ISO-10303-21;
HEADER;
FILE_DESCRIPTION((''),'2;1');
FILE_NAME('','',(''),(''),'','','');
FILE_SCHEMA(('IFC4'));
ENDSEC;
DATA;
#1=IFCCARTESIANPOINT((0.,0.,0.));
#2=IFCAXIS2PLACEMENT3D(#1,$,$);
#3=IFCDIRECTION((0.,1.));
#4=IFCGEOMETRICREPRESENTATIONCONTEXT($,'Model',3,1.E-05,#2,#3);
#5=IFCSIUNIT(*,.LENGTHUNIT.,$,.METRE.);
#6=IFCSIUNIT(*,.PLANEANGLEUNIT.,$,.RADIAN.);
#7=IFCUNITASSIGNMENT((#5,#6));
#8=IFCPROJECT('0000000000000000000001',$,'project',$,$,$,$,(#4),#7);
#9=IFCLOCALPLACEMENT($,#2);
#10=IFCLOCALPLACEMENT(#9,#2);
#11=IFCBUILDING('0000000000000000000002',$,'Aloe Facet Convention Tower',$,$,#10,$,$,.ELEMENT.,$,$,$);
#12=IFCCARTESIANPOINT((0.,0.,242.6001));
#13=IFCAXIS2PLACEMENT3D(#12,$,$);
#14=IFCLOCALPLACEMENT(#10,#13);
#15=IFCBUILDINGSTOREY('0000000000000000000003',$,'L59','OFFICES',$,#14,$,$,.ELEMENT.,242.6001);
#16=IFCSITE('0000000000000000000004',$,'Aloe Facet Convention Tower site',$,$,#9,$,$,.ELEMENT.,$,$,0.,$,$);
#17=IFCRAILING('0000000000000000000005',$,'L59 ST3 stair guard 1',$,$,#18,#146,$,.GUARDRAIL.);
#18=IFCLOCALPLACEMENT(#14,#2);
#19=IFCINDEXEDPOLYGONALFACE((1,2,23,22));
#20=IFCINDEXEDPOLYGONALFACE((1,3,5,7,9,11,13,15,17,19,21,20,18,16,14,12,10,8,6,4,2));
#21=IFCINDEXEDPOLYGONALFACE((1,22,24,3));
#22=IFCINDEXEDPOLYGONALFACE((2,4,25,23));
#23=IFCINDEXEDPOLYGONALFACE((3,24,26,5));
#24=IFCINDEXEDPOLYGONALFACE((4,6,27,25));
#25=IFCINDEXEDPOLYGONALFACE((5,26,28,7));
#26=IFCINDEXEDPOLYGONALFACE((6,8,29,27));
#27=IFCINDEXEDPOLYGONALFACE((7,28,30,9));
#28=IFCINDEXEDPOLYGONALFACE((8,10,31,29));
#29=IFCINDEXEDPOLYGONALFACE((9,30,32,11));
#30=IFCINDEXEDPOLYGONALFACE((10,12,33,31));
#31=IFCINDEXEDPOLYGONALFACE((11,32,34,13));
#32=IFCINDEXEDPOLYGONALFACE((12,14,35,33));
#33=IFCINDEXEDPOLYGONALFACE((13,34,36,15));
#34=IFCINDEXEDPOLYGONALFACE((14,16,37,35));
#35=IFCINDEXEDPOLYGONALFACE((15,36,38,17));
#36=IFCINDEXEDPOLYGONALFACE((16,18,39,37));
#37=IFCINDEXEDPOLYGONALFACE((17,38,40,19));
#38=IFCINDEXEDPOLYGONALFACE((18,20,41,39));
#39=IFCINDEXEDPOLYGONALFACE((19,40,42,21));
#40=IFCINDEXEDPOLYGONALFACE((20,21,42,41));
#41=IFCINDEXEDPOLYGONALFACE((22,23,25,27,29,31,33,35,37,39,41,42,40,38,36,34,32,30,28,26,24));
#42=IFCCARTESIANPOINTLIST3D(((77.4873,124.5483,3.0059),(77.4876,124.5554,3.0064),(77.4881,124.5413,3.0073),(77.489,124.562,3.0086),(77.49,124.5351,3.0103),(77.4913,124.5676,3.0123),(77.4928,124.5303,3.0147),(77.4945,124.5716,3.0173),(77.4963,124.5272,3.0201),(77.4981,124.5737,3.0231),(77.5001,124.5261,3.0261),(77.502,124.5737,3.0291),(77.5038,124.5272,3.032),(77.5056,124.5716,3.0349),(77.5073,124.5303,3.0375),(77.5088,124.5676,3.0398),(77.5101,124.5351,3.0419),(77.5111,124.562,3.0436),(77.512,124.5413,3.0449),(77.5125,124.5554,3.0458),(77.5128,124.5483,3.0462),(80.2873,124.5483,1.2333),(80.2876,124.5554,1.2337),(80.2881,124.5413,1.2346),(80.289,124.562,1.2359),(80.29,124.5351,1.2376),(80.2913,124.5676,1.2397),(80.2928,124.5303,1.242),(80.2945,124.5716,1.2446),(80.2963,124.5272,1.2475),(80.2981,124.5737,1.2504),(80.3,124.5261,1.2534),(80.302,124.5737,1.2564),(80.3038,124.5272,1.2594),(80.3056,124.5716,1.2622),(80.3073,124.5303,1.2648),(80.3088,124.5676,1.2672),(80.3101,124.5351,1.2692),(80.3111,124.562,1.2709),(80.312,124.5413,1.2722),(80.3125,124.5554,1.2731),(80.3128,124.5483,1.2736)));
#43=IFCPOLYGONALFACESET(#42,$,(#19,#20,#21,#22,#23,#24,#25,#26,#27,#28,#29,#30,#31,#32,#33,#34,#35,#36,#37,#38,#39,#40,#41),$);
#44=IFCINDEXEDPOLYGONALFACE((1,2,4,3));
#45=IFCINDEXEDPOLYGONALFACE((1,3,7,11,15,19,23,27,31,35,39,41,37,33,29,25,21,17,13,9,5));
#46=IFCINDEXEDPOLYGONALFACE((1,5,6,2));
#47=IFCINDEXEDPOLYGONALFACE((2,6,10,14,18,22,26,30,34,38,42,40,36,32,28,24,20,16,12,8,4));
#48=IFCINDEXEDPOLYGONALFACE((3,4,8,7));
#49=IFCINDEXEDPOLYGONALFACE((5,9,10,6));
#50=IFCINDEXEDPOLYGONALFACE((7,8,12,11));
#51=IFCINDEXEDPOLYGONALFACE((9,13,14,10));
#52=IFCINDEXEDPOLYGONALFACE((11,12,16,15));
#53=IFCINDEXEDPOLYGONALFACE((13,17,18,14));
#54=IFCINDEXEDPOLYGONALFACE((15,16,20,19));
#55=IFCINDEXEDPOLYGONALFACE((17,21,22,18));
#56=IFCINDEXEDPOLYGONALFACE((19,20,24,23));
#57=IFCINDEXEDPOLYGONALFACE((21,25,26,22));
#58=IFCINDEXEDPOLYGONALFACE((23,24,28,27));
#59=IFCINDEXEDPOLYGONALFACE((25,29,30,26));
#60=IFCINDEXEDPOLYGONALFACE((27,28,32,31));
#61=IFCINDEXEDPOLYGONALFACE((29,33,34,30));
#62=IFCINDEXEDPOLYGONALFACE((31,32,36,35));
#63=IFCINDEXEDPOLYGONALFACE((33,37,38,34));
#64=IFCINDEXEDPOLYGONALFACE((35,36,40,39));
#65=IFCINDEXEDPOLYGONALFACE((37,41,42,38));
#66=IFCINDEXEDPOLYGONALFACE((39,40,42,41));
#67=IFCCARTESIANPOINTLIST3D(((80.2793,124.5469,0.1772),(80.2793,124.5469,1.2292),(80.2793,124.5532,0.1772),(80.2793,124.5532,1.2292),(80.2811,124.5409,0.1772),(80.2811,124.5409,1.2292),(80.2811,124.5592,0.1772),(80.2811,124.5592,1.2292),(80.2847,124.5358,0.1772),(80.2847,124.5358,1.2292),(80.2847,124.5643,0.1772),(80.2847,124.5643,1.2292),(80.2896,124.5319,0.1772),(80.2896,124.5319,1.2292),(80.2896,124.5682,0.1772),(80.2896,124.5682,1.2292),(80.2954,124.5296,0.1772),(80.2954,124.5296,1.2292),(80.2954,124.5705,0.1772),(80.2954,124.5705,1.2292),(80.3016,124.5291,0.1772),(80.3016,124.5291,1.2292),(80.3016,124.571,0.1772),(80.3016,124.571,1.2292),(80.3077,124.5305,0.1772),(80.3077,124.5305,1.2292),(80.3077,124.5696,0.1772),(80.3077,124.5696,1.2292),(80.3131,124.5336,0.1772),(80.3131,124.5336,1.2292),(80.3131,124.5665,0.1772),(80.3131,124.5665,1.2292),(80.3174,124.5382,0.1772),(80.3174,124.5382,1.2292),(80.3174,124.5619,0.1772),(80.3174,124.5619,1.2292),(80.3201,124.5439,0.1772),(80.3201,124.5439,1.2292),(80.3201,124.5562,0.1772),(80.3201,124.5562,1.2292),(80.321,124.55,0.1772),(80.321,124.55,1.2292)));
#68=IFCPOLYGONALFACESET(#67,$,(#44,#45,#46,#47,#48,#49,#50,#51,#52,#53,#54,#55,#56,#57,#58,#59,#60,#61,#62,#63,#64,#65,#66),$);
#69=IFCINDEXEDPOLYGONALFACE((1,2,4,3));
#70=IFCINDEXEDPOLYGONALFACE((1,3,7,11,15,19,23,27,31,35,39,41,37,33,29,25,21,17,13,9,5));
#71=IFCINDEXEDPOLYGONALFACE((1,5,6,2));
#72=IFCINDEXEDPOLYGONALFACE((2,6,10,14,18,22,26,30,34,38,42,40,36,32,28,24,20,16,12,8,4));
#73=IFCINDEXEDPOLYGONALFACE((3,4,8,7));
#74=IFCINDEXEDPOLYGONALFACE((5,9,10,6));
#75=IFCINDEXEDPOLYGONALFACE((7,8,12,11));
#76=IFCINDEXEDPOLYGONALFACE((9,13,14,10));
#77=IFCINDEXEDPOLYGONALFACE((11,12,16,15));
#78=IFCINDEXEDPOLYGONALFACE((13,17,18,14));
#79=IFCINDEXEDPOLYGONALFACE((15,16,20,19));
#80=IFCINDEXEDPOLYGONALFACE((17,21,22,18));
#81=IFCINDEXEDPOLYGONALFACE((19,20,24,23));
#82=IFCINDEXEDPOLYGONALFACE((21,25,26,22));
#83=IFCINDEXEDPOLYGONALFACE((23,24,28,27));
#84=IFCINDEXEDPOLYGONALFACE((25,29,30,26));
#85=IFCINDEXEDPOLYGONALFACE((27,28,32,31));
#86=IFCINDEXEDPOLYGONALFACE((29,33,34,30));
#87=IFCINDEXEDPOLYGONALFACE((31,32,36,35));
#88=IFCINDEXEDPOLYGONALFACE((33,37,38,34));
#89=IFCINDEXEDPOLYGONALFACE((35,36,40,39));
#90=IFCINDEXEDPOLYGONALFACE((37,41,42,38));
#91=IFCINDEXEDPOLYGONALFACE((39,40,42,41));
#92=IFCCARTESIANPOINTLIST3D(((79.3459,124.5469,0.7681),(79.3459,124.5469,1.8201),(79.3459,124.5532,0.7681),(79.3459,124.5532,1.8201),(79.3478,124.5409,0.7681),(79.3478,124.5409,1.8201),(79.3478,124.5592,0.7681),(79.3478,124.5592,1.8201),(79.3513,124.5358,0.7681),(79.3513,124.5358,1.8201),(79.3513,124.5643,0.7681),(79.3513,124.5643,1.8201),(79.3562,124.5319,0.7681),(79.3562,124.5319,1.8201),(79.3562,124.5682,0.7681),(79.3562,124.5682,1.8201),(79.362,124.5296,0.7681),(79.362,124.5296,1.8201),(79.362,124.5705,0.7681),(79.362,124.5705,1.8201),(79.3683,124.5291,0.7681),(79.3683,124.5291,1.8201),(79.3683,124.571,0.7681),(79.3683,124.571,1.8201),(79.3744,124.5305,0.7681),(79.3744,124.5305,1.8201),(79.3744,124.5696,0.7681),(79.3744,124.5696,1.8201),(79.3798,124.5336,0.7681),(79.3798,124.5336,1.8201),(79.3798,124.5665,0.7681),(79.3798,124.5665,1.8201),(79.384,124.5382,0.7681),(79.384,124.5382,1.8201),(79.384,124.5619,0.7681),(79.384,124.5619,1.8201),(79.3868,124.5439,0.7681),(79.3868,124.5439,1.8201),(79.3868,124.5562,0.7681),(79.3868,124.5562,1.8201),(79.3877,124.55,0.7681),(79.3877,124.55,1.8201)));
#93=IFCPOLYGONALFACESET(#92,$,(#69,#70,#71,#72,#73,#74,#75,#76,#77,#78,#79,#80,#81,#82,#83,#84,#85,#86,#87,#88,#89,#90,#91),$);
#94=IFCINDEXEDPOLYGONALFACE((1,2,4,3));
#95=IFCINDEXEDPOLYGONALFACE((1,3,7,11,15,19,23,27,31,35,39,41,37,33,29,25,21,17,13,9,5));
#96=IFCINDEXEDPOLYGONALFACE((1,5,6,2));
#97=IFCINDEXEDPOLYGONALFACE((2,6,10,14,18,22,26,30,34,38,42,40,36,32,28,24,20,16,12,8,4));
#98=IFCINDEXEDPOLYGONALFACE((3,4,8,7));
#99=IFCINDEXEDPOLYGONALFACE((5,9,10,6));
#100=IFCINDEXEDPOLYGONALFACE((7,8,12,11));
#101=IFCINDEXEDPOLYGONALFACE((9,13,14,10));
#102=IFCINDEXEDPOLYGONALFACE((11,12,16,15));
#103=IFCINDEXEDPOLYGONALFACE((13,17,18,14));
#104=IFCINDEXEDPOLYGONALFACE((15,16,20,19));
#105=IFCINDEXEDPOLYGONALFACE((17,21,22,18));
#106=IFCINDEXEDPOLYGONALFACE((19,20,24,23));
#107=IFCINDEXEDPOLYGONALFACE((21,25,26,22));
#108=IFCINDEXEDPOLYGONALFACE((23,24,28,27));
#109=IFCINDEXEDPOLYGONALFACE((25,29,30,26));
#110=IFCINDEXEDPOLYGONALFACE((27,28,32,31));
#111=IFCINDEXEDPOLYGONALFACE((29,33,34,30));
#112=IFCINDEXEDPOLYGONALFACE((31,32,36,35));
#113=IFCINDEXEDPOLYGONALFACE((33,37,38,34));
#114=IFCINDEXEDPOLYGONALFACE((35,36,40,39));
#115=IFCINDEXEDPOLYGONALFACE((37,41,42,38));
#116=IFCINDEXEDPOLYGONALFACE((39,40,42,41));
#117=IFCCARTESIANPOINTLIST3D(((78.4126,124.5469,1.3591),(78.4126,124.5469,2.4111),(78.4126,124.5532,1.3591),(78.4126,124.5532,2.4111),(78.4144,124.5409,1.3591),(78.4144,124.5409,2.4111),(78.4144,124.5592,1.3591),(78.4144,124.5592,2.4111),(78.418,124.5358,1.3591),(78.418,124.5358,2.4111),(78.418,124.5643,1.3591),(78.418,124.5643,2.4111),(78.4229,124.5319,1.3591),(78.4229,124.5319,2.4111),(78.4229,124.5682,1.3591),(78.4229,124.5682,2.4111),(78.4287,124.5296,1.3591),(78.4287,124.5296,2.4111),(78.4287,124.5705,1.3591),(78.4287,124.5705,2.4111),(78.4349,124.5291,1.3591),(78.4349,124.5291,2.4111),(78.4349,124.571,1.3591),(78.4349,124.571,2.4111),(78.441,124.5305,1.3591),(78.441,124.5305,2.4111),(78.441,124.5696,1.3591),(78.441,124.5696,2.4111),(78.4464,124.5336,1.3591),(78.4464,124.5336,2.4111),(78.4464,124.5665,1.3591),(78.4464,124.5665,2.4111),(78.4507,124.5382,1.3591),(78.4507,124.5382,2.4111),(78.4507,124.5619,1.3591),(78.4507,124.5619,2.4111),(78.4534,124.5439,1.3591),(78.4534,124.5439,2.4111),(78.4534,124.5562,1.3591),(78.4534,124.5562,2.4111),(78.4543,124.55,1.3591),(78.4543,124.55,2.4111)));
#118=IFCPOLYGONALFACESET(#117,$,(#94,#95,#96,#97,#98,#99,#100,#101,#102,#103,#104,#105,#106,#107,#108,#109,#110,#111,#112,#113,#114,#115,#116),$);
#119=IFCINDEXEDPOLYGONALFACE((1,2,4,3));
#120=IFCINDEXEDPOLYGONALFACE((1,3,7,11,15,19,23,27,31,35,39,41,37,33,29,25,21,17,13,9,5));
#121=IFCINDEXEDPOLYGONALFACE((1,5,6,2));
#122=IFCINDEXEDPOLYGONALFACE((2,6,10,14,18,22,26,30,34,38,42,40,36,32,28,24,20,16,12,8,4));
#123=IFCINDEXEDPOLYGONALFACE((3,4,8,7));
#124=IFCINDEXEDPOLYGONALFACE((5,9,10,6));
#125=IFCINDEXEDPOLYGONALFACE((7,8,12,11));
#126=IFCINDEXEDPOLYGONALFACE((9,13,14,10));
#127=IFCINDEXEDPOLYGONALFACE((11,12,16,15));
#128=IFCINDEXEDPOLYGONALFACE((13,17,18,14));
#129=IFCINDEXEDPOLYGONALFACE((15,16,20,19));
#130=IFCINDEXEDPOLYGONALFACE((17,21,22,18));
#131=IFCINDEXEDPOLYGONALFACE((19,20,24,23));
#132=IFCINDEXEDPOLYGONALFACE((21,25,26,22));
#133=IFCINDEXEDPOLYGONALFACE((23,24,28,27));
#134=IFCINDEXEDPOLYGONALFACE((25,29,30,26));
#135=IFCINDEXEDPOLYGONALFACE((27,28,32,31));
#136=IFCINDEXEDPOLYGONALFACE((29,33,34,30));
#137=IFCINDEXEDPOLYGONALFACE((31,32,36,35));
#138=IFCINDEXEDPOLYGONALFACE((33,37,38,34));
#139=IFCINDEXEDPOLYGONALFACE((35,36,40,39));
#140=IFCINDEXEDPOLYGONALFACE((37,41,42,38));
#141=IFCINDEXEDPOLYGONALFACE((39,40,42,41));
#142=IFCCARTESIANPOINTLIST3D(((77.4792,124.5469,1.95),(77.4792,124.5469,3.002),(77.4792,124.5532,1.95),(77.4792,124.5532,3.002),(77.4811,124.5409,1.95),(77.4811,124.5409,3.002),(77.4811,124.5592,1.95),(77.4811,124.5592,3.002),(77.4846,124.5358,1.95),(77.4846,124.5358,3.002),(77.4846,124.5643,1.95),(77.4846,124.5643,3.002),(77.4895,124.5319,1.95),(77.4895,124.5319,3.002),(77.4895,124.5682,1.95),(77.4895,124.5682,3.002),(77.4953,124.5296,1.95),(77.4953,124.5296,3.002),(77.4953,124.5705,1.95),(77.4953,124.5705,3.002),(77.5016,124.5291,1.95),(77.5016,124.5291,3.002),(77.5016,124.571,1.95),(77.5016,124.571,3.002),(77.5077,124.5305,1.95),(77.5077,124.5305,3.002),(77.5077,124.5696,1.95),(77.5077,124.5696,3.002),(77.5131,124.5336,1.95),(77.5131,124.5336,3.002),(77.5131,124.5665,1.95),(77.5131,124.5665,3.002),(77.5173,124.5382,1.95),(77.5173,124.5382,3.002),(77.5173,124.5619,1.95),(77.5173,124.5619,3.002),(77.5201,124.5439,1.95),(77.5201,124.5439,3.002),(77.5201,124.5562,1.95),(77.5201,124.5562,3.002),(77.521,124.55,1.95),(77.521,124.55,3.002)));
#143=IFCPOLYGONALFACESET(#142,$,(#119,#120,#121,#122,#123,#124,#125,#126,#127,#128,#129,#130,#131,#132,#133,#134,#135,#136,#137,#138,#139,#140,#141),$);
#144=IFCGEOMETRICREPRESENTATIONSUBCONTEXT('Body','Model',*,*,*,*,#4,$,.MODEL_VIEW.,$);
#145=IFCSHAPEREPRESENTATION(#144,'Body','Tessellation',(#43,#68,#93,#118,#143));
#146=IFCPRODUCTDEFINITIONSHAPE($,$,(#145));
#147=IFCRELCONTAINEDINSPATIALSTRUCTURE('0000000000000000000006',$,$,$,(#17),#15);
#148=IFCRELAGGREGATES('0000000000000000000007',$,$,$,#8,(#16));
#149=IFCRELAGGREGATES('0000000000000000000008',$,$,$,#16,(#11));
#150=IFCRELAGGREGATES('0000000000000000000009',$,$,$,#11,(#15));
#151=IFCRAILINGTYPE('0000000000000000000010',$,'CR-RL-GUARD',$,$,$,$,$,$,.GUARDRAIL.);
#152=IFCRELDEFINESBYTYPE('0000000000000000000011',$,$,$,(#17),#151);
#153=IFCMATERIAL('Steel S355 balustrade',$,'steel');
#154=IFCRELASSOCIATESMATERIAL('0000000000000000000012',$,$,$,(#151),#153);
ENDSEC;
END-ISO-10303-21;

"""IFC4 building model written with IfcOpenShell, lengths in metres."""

from ifc_helpers import new_model, si_unit, direction, frame, origin, origin_2d, place, context, subcontext, project, spatial, circle, extrude, material, type_object, element, save


model = new_model("IFC4")

# Units and contexts
model_context = context("Model", 3, precision=1e-05, world=origin(), true_north=direction((0.0, 1.0)))
body_context = subcontext(model_context, "Body", "Model", "MODEL_VIEW")
ifc_project = project(units=[si_unit("LENGTHUNIT", "METRE"), si_unit("PLANEANGLEUNIT", "RADIAN")], contexts=[model_context])

# Site, building, storey
site_placement = place(None, origin())
site = spatial("IfcSite", under=ifc_project, at=site_placement, Name="Aloe Facet Convention Tower site", CompositionType="ELEMENT", RefElevation=0.0)
building_placement = place(site_placement, origin())
building = spatial("IfcBuilding", under=site, at=building_placement, Name="Aloe Facet Convention Tower", CompositionType="ELEMENT")
storey_placement = place(building_placement, frame((0.0, 0.0, 242.6001)))
storey = spatial("IfcBuildingStorey", under=building, at=storey_placement, Name="L59", Description="OFFICES", CompositionType="ELEMENT", Elevation=242.6001)

# Railing
ifc_material_1 = material(Name="Steel S355 balustrade", Category="steel")
railing_type_1 = type_object("IfcRailingType", Name="CR-RL-GUARD", PredefinedType="GUARDRAIL", material=ifc_material_1)
railing_1_placement = place(storey_placement, frame((80.3, 124.55, 0.1772)))
element("IfcRailing", 1, at=railing_1_placement, inside=storey, type_object=railing_type_1, Name="L59 ST3 stair guard 1", PredefinedType="GUARDRAIL", context=body_context, shape_type="SweptSolid", body=[
    extrude(circle(Radius=0.0239, at=origin_2d()), frame((0.0, 0.0, 1.0762), z_axis=(-0.844909, 0.0, 0.53491), x_axis=(0.0, -1.0, 0.0)), (0.0, 0.0, 1.0), 3.314),
    extrude(circle(Radius=0.021, at=origin_2d()), origin(), (0.0, 0.0, 1.0), 1.052),
    extrude(circle(Radius=0.021, at=origin_2d()), frame((-0.9333, 0.0, 0.5908)), (0.0, 0.0, 1.0), 1.052),
    extrude(circle(Radius=0.021, at=origin_2d()), frame((-1.8667, 0.0, 1.1819)), (0.0, 0.0, 1.0), 1.052),
    extrude(circle(Radius=0.021, at=origin_2d()), frame((-2.8, 0.0, 1.7727)), (0.0, 0.0, 1.0), 1.052),
])

save(model, "model.ifc")
